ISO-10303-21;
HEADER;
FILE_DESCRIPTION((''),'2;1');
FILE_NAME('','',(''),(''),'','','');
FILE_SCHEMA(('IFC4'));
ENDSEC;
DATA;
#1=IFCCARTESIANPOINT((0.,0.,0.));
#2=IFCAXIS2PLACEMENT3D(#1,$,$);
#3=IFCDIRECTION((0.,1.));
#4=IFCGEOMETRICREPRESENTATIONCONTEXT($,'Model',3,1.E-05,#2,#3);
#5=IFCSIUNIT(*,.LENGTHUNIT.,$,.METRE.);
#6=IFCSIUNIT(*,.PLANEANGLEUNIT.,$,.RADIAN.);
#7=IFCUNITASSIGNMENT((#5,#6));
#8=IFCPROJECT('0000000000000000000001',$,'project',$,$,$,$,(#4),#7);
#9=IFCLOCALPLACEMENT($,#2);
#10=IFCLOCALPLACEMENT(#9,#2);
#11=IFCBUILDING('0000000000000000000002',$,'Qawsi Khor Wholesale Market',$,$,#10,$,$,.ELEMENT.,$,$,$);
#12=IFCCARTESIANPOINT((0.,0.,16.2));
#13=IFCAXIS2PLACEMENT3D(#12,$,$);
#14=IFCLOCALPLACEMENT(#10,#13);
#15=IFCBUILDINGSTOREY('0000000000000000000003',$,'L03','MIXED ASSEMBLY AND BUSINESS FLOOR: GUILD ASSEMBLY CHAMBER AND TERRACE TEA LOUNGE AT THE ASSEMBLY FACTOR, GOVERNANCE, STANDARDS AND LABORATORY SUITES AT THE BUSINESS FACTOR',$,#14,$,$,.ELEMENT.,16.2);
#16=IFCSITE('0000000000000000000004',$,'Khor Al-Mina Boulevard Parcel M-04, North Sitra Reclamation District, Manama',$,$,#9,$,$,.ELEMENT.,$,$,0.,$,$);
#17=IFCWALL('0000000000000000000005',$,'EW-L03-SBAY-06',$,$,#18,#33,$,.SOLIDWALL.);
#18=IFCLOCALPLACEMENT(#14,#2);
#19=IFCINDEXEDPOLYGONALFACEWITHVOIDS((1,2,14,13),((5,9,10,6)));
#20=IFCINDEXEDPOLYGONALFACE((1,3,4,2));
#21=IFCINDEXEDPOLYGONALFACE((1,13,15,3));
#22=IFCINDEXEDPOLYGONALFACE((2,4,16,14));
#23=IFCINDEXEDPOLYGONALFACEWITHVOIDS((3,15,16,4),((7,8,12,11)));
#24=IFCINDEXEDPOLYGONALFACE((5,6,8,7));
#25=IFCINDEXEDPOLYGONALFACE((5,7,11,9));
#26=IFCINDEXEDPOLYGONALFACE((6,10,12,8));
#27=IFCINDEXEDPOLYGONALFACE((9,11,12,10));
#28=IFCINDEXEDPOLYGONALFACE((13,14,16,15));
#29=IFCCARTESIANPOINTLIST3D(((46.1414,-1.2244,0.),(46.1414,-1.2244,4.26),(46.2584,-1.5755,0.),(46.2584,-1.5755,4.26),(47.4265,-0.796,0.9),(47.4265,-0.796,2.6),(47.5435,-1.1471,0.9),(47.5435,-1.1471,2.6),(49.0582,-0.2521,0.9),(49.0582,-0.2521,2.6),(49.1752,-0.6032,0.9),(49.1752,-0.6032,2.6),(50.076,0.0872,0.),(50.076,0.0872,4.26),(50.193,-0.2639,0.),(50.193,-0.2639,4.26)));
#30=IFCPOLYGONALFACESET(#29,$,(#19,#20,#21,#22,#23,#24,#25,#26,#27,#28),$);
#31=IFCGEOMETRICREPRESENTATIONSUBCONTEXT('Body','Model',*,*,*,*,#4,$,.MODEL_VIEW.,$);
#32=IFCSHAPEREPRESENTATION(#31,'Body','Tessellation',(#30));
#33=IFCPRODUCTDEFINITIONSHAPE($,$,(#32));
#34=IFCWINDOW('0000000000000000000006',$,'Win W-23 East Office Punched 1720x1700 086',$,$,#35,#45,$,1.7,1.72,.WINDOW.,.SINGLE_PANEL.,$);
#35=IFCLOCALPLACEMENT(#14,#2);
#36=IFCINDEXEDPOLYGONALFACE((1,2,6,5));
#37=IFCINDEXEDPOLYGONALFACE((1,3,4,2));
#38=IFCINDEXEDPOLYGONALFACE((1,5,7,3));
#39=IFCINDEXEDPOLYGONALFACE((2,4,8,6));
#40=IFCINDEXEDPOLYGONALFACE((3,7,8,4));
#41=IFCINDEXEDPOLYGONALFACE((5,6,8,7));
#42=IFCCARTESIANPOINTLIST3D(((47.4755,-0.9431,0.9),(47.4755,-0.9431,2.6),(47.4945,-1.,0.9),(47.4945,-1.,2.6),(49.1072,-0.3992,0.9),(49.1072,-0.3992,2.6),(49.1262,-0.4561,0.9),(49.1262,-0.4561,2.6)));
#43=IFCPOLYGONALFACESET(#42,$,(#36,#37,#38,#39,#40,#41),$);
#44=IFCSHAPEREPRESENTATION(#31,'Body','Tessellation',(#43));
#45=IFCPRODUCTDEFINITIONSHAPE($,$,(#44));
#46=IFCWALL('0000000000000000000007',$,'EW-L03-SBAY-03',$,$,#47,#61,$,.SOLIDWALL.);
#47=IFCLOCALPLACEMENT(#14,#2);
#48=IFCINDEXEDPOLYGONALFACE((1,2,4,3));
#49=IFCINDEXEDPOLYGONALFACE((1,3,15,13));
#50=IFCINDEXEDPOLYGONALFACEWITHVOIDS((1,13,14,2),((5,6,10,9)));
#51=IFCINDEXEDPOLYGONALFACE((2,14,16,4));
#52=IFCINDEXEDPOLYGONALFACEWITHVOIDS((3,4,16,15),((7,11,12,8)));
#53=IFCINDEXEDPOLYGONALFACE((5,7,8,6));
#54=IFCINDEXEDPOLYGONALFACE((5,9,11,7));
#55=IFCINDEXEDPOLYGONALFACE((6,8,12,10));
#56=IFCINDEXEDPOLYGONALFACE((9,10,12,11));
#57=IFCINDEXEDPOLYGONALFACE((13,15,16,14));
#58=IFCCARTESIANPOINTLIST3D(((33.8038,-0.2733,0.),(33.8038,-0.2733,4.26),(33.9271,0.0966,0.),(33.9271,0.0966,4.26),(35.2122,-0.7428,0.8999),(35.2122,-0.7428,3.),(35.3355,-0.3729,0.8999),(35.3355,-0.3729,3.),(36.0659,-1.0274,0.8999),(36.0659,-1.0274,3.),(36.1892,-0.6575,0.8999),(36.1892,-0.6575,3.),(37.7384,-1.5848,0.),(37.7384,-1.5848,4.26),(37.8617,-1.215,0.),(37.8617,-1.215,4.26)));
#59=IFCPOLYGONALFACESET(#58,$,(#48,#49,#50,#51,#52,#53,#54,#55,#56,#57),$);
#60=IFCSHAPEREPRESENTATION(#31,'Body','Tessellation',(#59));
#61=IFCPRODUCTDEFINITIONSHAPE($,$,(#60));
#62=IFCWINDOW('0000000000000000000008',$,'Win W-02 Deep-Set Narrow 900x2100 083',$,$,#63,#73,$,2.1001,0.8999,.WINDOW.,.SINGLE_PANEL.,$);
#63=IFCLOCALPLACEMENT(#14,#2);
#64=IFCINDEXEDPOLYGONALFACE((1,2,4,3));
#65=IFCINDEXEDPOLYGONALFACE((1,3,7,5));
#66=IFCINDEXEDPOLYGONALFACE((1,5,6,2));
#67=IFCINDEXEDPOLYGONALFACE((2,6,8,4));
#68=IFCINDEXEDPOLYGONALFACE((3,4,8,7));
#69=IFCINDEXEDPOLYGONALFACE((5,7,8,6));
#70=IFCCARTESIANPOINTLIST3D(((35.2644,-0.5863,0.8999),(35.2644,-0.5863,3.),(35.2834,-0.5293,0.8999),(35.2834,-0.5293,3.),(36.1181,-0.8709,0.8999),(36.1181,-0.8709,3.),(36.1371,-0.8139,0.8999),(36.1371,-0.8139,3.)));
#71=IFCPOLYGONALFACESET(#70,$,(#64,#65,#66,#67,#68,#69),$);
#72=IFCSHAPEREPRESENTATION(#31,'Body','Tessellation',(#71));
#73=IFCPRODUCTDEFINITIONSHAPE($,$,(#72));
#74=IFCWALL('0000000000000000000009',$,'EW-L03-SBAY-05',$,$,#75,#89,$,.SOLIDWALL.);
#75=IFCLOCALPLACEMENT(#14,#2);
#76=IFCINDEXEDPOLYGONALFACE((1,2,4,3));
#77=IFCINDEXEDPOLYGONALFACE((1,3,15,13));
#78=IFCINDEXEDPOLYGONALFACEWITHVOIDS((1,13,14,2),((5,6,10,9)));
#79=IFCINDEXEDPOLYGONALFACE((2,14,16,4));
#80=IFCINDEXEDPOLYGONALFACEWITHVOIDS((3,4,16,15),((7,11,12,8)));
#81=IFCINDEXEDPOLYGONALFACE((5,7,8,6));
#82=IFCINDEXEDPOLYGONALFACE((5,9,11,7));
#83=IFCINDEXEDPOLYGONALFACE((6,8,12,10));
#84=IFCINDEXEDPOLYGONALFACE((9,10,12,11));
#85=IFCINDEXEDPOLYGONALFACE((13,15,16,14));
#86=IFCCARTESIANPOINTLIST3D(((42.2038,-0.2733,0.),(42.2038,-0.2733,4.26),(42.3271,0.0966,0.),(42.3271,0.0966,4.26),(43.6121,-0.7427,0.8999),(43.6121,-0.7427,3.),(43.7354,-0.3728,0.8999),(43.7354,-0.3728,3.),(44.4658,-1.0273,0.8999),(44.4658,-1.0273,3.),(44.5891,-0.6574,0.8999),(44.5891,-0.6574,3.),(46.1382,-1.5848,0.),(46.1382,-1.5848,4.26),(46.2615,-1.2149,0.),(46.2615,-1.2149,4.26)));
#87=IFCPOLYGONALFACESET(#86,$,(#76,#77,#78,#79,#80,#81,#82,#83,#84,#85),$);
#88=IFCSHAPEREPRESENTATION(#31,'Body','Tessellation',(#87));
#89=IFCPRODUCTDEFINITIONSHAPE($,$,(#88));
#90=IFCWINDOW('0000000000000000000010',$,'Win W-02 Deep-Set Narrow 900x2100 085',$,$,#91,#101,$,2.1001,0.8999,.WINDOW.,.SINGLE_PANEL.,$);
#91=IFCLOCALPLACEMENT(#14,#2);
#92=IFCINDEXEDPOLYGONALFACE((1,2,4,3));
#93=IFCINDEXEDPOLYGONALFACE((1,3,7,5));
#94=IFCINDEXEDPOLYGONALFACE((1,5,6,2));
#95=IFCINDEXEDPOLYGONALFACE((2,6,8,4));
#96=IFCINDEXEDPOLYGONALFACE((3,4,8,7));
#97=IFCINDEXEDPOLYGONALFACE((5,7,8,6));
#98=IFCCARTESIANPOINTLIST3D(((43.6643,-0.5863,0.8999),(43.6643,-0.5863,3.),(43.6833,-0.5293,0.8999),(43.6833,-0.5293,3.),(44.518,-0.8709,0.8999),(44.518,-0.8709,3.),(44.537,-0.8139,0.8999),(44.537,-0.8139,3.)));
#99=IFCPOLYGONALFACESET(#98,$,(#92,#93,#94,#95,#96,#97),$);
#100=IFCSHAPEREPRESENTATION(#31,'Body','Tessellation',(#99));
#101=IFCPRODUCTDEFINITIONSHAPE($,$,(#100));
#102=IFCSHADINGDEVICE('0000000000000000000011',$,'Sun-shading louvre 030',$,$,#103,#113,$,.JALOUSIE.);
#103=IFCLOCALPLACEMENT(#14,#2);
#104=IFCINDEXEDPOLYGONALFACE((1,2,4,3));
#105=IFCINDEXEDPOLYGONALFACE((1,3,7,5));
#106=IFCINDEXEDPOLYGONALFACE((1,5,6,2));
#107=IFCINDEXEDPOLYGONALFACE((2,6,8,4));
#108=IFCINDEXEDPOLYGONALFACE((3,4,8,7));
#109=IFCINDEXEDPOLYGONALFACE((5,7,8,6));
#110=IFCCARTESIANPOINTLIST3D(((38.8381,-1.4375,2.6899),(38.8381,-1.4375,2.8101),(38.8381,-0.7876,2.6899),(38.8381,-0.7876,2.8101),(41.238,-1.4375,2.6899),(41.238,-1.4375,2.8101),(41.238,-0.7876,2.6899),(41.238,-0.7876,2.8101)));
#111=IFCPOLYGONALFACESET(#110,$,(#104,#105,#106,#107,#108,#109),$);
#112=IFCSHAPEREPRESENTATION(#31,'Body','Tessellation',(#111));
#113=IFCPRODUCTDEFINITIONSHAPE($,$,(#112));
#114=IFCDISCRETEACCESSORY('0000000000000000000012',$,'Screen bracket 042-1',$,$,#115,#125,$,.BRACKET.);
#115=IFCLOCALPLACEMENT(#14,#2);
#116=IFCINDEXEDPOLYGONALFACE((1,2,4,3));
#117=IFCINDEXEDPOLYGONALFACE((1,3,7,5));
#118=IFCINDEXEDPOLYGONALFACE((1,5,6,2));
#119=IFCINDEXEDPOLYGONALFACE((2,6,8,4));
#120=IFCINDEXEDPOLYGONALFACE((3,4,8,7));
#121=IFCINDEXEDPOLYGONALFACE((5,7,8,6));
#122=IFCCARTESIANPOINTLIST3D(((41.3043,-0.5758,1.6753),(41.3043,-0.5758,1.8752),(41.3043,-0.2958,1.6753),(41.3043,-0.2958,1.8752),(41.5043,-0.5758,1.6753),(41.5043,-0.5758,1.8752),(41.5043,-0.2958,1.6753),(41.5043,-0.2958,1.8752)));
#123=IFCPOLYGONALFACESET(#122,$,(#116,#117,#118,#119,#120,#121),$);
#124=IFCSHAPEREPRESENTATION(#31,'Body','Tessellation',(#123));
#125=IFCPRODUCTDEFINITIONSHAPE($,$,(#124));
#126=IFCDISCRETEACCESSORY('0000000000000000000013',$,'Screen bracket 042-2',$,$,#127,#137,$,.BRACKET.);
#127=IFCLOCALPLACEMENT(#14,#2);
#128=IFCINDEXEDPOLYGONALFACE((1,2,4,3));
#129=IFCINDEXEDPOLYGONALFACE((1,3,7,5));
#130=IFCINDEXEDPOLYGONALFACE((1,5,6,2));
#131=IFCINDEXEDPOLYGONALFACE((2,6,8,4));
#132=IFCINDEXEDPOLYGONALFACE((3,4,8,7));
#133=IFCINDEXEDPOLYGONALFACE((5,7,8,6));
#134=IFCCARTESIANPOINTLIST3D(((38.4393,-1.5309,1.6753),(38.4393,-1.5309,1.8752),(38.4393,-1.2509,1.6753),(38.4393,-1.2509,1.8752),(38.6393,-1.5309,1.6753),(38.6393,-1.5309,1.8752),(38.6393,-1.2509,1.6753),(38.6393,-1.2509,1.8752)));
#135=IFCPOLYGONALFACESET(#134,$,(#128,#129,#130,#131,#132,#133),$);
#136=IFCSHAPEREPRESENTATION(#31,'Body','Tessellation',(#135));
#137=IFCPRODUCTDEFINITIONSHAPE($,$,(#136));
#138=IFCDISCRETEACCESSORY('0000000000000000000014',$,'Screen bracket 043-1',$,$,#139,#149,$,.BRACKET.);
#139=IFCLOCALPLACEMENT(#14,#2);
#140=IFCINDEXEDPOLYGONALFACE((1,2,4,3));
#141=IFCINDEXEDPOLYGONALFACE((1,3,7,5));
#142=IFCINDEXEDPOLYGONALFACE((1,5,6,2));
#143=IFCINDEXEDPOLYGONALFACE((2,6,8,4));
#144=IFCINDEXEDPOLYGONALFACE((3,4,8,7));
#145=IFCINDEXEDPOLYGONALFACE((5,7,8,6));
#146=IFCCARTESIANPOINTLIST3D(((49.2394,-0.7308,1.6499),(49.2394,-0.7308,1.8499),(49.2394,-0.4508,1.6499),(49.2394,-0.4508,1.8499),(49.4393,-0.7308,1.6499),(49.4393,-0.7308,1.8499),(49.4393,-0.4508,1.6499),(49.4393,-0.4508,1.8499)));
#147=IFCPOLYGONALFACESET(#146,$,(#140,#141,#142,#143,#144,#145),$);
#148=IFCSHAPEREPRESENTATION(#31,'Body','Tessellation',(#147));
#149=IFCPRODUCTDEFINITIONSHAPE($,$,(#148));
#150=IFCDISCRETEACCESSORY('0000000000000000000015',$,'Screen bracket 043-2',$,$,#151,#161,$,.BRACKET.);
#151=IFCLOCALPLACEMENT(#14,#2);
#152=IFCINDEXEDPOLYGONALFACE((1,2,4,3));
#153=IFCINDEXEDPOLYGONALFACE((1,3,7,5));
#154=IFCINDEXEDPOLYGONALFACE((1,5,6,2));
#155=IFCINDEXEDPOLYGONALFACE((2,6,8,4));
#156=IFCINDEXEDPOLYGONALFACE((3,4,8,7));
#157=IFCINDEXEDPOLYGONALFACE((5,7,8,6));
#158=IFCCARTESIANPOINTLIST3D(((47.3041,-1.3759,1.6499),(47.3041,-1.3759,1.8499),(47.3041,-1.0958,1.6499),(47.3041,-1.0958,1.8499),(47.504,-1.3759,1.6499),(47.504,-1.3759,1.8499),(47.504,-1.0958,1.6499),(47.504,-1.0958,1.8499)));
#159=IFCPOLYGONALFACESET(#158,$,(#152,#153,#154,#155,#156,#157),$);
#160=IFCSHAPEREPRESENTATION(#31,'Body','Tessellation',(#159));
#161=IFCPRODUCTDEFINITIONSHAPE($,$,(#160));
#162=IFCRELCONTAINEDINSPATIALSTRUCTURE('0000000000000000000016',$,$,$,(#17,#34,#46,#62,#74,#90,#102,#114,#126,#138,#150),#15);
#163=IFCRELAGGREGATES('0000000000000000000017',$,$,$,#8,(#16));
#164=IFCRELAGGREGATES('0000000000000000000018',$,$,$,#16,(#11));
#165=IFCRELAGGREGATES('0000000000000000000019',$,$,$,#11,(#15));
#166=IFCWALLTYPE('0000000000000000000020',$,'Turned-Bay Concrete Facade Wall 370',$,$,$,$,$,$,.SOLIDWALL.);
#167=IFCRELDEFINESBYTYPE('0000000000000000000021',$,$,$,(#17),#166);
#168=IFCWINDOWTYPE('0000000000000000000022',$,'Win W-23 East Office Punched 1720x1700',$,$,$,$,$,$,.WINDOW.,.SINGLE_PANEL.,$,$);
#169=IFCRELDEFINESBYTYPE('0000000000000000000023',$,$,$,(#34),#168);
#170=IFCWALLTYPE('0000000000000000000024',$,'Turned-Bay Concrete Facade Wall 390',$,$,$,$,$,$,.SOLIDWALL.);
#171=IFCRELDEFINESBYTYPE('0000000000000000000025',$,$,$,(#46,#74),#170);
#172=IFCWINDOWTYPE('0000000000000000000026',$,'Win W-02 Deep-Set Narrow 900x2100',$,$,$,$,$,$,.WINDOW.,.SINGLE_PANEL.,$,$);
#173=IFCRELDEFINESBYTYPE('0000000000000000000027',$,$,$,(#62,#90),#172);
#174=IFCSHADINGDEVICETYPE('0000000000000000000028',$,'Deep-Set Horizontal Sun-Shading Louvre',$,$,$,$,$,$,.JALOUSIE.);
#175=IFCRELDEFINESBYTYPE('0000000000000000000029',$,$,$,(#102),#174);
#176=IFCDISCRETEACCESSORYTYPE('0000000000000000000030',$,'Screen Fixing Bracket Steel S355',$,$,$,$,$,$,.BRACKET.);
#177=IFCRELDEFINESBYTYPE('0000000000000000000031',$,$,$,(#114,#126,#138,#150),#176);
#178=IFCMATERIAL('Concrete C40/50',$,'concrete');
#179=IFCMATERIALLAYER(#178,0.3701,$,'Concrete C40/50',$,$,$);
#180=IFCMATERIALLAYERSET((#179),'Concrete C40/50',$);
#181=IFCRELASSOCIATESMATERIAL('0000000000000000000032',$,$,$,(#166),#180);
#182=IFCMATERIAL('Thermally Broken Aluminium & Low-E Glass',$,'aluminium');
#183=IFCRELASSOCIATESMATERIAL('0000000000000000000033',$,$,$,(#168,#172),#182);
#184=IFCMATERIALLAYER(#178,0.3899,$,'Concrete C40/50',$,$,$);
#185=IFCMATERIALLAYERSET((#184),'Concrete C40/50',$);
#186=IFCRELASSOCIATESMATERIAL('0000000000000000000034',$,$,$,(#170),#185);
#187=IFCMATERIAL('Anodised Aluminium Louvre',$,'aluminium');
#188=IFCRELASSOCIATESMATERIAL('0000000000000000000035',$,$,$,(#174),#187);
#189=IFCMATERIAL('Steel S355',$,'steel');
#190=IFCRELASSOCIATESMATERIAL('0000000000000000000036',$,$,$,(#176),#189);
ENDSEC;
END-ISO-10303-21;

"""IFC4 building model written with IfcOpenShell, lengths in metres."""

from ifc_helpers import new_model, si_unit, direction, frame, frame_2d, origin, origin_2d, place, context, subcontext, project, spatial, rectangle, extrude, material, layer, layer_set, type_object, element, fill, save


model = new_model("IFC4")

# Units and contexts
model_context = context("Model", 3, precision=1e-05, world=origin(), true_north=direction((0.0, 1.0)))
body_context = subcontext(model_context, "Body", "Model", "MODEL_VIEW")
ifc_project = project(units=[si_unit("LENGTHUNIT", "METRE"), si_unit("PLANEANGLEUNIT", "RADIAN")], contexts=[model_context])

# Site, building, storey
site_placement = place(None, origin())
site = spatial("IfcSite", under=ifc_project, at=site_placement, Name="Khor Al-Mina Boulevard Parcel M-04, North Sitra Reclamation District, Manama", CompositionType="ELEMENT", RefElevation=0.0)
building_placement = place(site_placement, origin())
building = spatial("IfcBuilding", under=site, at=building_placement, Name="Qawsi Khor Wholesale Market", CompositionType="ELEMENT")
storey_placement = place(building_placement, frame((0.0, 0.0, 16.2)))
storey = spatial("IfcBuildingStorey", under=building, at=storey_placement, Name="L03", Description="MIXED ASSEMBLY AND BUSINESS FLOOR: GUILD ASSEMBLY CHAMBER AND TERRACE TEA LOUNGE AT THE ASSEMBLY FACTOR, GOVERNANCE, STANDARDS AND LABORATORY SUITES AT THE BUSINESS FACTOR", CompositionType="ELEMENT", Elevation=16.2)

# Shared definitions
ifc_material_1 = material(Name="Steel S355", Category="steel")

# Shared definitions
ifc_material_2 = material(Name="Concrete C40/50", Category="concrete")

# Walls, openings, windows
ifc_layer_1 = layer(ifc_material_2, 0.3701, Name="Concrete C40/50")
ifc_layer_set_1 = layer_set([ifc_layer_1], Name="Concrete C40/50")
wall_type_1 = type_object("IfcWallType", Name="Turned-Bay Concrete Facade Wall 370", PredefinedType="SOLIDWALL", material=ifc_layer_set_1)
ifc_material_3 = material(Name="Thermally Broken Aluminium & Low-E Glass", Category="aluminium")
wall_1_placement = place(storey_placement, frame((50.1345, -0.0884, 0.0), z_axis=(0.0, 0.0, 1.0), x_axis=(-0.948683, -0.316228, 0.0)))
wall_1 = element("IfcWall", 1, at=wall_1_placement, inside=storey, type_object=wall_type_1, Name="EW-L03-SBAY-06", PredefinedType="SOLIDWALL", context=body_context, shape_type="SweptSolid", body=[
    extrude(rectangle(XDim=4.1475, YDim=0.3701, at=frame_2d((2.0737, 0.0))), origin(), (0.0, 0.0, 1.0), 4.26),
])
opening_1_placement = place(wall_1_placement, frame((1.073, 0.0, 0.8999)))
opening_1 = element("IfcOpeningElement", 2, at=opening_1_placement, cuts=wall_1, PredefinedType="OPENING", context=body_context, shape_type="SweptSolid", body=[
    extrude(rectangle(XDim=1.72, YDim=1.7, at=frame_2d((0.8599, 0.8501))), frame((0.0, 0.1951, 0.0), z_axis=(0.0, -1.0, 0.0), x_axis=(1.0, 0.0, 0.0)), (0.0, 0.0, 1.0), 0.3901),
])
window_type_1 = type_object("IfcWindowType", Name="Win W-23 East Office Punched 1720x1700", PartitioningType="SINGLE_PANEL", PredefinedType="WINDOW", material=ifc_material_3)
window_1_placement = place(opening_1_placement, origin())
window_1 = element("IfcWindow", 3, at=window_1_placement, inside=storey, type_object=window_type_1, Name="Win W-23 East Office Punched 1720x1700 086", OverallHeight=1.7, OverallWidth=1.72, PartitioningType="SINGLE_PANEL", PredefinedType="WINDOW", context=body_context, shape_type="SweptSolid", body=[
    extrude(rectangle(XDim=1.72, YDim=1.7, at=frame_2d((0.8599, 0.8501))), frame((0.0, 0.03, 0.0), z_axis=(0.0, -1.0, 0.0), x_axis=(1.0, 0.0, 0.0)), (0.0, 0.0, 1.0), 0.0601),
])
fill(opening_1, window_1)
ifc_layer_2 = layer(ifc_material_2, 0.3899, Name="Concrete C40/50")
ifc_layer_set_2 = layer_set([ifc_layer_2], Name="Concrete C40/50")
wall_type_2 = type_object("IfcWallType", Name="Turned-Bay Concrete Facade Wall 390", PredefinedType="SOLIDWALL", material=ifc_layer_set_2)
wall_2_placement = place(storey_placement, frame((37.8, -1.3999, 0.0), z_axis=(0.0, 0.0, 1.0), x_axis=(-0.948683, 0.316228, 0.0)))
wall_2 = element("IfcWall", 4, at=wall_2_placement, inside=storey, type_object=wall_type_2, Name="EW-L03-SBAY-03", PredefinedType="SOLIDWALL", context=body_context, shape_type="SweptSolid", body=[
    extrude(rectangle(XDim=4.1475, YDim=0.3899, at=frame_2d((2.0737, 0.0))), origin(), (0.0, 0.0, 1.0), 4.26),
])
opening_2_placement = place(wall_2_placement, frame((1.7629, 0.0, 0.8999)))
opening_2 = element("IfcOpeningElement", 5, at=opening_2_placement, cuts=wall_2, PredefinedType="OPENING", context=body_context, shape_type="SweptSolid", body=[
    extrude(rectangle(XDim=0.8999, YDim=2.1001, at=frame_2d((0.45, 1.05))), frame((0.0, 0.2048, 0.0), z_axis=(0.0, -1.0, 0.0), x_axis=(1.0, 0.0, 0.0)), (0.0, 0.0, 1.0), 0.4099),
])
window_type_2 = type_object("IfcWindowType", Name="Win W-02 Deep-Set Narrow 900x2100", PartitioningType="SINGLE_PANEL", PredefinedType="WINDOW", material=ifc_material_3)
window_2_placement = place(opening_2_placement, origin())
window_2 = element("IfcWindow", 6, at=window_2_placement, inside=storey, type_object=window_type_2, Name="Win W-02 Deep-Set Narrow 900x2100 083", OverallHeight=2.1001, OverallWidth=0.8999, PartitioningType="SINGLE_PANEL", PredefinedType="WINDOW", context=body_context, shape_type="SweptSolid", body=[
    extrude(rectangle(XDim=0.8999, YDim=2.1001, at=frame_2d((0.45, 1.05))), frame((0.0, 0.03, 0.0), z_axis=(0.0, -1.0, 0.0), x_axis=(1.0, 0.0, 0.0)), (0.0, 0.0, 1.0), 0.0601),
])
fill(opening_2, window_2)
wall_3_placement = place(storey_placement, frame((46.2, -1.3999, 0.0), z_axis=(0.0, 0.0, 1.0), x_axis=(-0.948677, 0.316245, 0.0)))
wall_3 = element("IfcWall", 7, at=wall_3_placement, inside=storey, type_object=wall_type_2, Name="EW-L03-SBAY-05", PredefinedType="SOLIDWALL", context=body_context, shape_type="SweptSolid", body=[
    extrude(rectangle(XDim=4.1472, YDim=0.3899, at=frame_2d((2.0737, 0.0))), origin(), (0.0, 0.0, 1.0), 4.26),
])
opening_3_placement = place(wall_3_placement, frame((1.7629, 0.0, 0.8999)))
opening_3 = element("IfcOpeningElement", 8, at=opening_3_placement, cuts=wall_3, PredefinedType="OPENING", context=body_context, shape_type="SweptSolid", body=[
    extrude(rectangle(XDim=0.8999, YDim=2.1001, at=frame_2d((0.45, 1.05))), frame((0.0, 0.2048, 0.0), z_axis=(0.0, -1.0, 0.0), x_axis=(1.0, 0.0, 0.0)), (0.0, 0.0, 1.0), 0.4099),
])
window_3_placement = place(opening_3_placement, origin())
window_3 = element("IfcWindow", 9, at=window_3_placement, inside=storey, type_object=window_type_2, Name="Win W-02 Deep-Set Narrow 900x2100 085", OverallHeight=2.1001, OverallWidth=0.8999, PartitioningType="SINGLE_PANEL", PredefinedType="WINDOW", context=body_context, shape_type="SweptSolid", body=[
    extrude(rectangle(XDim=0.8999, YDim=2.1001, at=frame_2d((0.45, 1.05))), frame((0.0, 0.03, 0.0), z_axis=(0.0, -1.0, 0.0), x_axis=(1.0, 0.0, 0.0)), (0.0, 0.0, 1.0), 0.0601),
])
fill(opening_3, window_3)

# Shading device
ifc_material_4 = material(Name="Anodised Aluminium Louvre", Category="aluminium")
shading_device_type = type_object("IfcShadingDeviceType", Name="Deep-Set Horizontal Sun-Shading Louvre", PredefinedType="JALOUSIE", material=ifc_material_4)
shading_device_placement = place(storey_placement, frame((40.0381, -1.1125, 2.6899), z_axis=(0.0, 0.0, 1.0), x_axis=(1.0, 0.0, 0.0)))
element("IfcShadingDevice", 10, at=shading_device_placement, inside=storey, type_object=shading_device_type, Name="Sun-shading louvre 030", PredefinedType="JALOUSIE", context=body_context, shape_type="SweptSolid", body=[
    extrude(rectangle(XDim=2.3999, YDim=0.6499, at=origin_2d()), origin(), (0.0, 0.0, 1.0), 0.1201),
])

# Discrete accessories
discrete_accessory_type = type_object("IfcDiscreteAccessoryType", Name="Screen Fixing Bracket Steel S355", PredefinedType="BRACKET", material=ifc_material_1)
for number, where, z_axis, x_axis, name in (
    (11, (41.4043, -0.4358, 1.6753), (0.0, 0.0, 1.0), (1.0, 0.0, 0.0), "Screen bracket 042-1"),
    (12, (38.5393, -1.3909, 1.6753), (0.0, 0.0, 1.0), (1.0, 0.0, 0.0), "Screen bracket 042-2"),
    (13, (49.3394, -0.5908, 1.6499), (0.0, 0.0, 1.0), (1.0, 0.0, 0.0), "Screen bracket 043-1"),
    (14, (47.4041, -1.2358, 1.6499), (0.0, 0.0, 1.0), (1.0, 0.0, 0.0), "Screen bracket 043-2"),
):
    element("IfcDiscreteAccessory", number, at=place(storey_placement, frame(where, z_axis=z_axis, x_axis=x_axis)), inside=storey, type_object=discrete_accessory_type, Name=name, PredefinedType="BRACKET", context=body_context, shape_type="SweptSolid", body=[
        extrude(rectangle(XDim=0.2, YDim=0.28, at=origin_2d()), origin(), (0.0, 0.0, 1.0), 0.2),
    ])

save(model, "model.ifc")
